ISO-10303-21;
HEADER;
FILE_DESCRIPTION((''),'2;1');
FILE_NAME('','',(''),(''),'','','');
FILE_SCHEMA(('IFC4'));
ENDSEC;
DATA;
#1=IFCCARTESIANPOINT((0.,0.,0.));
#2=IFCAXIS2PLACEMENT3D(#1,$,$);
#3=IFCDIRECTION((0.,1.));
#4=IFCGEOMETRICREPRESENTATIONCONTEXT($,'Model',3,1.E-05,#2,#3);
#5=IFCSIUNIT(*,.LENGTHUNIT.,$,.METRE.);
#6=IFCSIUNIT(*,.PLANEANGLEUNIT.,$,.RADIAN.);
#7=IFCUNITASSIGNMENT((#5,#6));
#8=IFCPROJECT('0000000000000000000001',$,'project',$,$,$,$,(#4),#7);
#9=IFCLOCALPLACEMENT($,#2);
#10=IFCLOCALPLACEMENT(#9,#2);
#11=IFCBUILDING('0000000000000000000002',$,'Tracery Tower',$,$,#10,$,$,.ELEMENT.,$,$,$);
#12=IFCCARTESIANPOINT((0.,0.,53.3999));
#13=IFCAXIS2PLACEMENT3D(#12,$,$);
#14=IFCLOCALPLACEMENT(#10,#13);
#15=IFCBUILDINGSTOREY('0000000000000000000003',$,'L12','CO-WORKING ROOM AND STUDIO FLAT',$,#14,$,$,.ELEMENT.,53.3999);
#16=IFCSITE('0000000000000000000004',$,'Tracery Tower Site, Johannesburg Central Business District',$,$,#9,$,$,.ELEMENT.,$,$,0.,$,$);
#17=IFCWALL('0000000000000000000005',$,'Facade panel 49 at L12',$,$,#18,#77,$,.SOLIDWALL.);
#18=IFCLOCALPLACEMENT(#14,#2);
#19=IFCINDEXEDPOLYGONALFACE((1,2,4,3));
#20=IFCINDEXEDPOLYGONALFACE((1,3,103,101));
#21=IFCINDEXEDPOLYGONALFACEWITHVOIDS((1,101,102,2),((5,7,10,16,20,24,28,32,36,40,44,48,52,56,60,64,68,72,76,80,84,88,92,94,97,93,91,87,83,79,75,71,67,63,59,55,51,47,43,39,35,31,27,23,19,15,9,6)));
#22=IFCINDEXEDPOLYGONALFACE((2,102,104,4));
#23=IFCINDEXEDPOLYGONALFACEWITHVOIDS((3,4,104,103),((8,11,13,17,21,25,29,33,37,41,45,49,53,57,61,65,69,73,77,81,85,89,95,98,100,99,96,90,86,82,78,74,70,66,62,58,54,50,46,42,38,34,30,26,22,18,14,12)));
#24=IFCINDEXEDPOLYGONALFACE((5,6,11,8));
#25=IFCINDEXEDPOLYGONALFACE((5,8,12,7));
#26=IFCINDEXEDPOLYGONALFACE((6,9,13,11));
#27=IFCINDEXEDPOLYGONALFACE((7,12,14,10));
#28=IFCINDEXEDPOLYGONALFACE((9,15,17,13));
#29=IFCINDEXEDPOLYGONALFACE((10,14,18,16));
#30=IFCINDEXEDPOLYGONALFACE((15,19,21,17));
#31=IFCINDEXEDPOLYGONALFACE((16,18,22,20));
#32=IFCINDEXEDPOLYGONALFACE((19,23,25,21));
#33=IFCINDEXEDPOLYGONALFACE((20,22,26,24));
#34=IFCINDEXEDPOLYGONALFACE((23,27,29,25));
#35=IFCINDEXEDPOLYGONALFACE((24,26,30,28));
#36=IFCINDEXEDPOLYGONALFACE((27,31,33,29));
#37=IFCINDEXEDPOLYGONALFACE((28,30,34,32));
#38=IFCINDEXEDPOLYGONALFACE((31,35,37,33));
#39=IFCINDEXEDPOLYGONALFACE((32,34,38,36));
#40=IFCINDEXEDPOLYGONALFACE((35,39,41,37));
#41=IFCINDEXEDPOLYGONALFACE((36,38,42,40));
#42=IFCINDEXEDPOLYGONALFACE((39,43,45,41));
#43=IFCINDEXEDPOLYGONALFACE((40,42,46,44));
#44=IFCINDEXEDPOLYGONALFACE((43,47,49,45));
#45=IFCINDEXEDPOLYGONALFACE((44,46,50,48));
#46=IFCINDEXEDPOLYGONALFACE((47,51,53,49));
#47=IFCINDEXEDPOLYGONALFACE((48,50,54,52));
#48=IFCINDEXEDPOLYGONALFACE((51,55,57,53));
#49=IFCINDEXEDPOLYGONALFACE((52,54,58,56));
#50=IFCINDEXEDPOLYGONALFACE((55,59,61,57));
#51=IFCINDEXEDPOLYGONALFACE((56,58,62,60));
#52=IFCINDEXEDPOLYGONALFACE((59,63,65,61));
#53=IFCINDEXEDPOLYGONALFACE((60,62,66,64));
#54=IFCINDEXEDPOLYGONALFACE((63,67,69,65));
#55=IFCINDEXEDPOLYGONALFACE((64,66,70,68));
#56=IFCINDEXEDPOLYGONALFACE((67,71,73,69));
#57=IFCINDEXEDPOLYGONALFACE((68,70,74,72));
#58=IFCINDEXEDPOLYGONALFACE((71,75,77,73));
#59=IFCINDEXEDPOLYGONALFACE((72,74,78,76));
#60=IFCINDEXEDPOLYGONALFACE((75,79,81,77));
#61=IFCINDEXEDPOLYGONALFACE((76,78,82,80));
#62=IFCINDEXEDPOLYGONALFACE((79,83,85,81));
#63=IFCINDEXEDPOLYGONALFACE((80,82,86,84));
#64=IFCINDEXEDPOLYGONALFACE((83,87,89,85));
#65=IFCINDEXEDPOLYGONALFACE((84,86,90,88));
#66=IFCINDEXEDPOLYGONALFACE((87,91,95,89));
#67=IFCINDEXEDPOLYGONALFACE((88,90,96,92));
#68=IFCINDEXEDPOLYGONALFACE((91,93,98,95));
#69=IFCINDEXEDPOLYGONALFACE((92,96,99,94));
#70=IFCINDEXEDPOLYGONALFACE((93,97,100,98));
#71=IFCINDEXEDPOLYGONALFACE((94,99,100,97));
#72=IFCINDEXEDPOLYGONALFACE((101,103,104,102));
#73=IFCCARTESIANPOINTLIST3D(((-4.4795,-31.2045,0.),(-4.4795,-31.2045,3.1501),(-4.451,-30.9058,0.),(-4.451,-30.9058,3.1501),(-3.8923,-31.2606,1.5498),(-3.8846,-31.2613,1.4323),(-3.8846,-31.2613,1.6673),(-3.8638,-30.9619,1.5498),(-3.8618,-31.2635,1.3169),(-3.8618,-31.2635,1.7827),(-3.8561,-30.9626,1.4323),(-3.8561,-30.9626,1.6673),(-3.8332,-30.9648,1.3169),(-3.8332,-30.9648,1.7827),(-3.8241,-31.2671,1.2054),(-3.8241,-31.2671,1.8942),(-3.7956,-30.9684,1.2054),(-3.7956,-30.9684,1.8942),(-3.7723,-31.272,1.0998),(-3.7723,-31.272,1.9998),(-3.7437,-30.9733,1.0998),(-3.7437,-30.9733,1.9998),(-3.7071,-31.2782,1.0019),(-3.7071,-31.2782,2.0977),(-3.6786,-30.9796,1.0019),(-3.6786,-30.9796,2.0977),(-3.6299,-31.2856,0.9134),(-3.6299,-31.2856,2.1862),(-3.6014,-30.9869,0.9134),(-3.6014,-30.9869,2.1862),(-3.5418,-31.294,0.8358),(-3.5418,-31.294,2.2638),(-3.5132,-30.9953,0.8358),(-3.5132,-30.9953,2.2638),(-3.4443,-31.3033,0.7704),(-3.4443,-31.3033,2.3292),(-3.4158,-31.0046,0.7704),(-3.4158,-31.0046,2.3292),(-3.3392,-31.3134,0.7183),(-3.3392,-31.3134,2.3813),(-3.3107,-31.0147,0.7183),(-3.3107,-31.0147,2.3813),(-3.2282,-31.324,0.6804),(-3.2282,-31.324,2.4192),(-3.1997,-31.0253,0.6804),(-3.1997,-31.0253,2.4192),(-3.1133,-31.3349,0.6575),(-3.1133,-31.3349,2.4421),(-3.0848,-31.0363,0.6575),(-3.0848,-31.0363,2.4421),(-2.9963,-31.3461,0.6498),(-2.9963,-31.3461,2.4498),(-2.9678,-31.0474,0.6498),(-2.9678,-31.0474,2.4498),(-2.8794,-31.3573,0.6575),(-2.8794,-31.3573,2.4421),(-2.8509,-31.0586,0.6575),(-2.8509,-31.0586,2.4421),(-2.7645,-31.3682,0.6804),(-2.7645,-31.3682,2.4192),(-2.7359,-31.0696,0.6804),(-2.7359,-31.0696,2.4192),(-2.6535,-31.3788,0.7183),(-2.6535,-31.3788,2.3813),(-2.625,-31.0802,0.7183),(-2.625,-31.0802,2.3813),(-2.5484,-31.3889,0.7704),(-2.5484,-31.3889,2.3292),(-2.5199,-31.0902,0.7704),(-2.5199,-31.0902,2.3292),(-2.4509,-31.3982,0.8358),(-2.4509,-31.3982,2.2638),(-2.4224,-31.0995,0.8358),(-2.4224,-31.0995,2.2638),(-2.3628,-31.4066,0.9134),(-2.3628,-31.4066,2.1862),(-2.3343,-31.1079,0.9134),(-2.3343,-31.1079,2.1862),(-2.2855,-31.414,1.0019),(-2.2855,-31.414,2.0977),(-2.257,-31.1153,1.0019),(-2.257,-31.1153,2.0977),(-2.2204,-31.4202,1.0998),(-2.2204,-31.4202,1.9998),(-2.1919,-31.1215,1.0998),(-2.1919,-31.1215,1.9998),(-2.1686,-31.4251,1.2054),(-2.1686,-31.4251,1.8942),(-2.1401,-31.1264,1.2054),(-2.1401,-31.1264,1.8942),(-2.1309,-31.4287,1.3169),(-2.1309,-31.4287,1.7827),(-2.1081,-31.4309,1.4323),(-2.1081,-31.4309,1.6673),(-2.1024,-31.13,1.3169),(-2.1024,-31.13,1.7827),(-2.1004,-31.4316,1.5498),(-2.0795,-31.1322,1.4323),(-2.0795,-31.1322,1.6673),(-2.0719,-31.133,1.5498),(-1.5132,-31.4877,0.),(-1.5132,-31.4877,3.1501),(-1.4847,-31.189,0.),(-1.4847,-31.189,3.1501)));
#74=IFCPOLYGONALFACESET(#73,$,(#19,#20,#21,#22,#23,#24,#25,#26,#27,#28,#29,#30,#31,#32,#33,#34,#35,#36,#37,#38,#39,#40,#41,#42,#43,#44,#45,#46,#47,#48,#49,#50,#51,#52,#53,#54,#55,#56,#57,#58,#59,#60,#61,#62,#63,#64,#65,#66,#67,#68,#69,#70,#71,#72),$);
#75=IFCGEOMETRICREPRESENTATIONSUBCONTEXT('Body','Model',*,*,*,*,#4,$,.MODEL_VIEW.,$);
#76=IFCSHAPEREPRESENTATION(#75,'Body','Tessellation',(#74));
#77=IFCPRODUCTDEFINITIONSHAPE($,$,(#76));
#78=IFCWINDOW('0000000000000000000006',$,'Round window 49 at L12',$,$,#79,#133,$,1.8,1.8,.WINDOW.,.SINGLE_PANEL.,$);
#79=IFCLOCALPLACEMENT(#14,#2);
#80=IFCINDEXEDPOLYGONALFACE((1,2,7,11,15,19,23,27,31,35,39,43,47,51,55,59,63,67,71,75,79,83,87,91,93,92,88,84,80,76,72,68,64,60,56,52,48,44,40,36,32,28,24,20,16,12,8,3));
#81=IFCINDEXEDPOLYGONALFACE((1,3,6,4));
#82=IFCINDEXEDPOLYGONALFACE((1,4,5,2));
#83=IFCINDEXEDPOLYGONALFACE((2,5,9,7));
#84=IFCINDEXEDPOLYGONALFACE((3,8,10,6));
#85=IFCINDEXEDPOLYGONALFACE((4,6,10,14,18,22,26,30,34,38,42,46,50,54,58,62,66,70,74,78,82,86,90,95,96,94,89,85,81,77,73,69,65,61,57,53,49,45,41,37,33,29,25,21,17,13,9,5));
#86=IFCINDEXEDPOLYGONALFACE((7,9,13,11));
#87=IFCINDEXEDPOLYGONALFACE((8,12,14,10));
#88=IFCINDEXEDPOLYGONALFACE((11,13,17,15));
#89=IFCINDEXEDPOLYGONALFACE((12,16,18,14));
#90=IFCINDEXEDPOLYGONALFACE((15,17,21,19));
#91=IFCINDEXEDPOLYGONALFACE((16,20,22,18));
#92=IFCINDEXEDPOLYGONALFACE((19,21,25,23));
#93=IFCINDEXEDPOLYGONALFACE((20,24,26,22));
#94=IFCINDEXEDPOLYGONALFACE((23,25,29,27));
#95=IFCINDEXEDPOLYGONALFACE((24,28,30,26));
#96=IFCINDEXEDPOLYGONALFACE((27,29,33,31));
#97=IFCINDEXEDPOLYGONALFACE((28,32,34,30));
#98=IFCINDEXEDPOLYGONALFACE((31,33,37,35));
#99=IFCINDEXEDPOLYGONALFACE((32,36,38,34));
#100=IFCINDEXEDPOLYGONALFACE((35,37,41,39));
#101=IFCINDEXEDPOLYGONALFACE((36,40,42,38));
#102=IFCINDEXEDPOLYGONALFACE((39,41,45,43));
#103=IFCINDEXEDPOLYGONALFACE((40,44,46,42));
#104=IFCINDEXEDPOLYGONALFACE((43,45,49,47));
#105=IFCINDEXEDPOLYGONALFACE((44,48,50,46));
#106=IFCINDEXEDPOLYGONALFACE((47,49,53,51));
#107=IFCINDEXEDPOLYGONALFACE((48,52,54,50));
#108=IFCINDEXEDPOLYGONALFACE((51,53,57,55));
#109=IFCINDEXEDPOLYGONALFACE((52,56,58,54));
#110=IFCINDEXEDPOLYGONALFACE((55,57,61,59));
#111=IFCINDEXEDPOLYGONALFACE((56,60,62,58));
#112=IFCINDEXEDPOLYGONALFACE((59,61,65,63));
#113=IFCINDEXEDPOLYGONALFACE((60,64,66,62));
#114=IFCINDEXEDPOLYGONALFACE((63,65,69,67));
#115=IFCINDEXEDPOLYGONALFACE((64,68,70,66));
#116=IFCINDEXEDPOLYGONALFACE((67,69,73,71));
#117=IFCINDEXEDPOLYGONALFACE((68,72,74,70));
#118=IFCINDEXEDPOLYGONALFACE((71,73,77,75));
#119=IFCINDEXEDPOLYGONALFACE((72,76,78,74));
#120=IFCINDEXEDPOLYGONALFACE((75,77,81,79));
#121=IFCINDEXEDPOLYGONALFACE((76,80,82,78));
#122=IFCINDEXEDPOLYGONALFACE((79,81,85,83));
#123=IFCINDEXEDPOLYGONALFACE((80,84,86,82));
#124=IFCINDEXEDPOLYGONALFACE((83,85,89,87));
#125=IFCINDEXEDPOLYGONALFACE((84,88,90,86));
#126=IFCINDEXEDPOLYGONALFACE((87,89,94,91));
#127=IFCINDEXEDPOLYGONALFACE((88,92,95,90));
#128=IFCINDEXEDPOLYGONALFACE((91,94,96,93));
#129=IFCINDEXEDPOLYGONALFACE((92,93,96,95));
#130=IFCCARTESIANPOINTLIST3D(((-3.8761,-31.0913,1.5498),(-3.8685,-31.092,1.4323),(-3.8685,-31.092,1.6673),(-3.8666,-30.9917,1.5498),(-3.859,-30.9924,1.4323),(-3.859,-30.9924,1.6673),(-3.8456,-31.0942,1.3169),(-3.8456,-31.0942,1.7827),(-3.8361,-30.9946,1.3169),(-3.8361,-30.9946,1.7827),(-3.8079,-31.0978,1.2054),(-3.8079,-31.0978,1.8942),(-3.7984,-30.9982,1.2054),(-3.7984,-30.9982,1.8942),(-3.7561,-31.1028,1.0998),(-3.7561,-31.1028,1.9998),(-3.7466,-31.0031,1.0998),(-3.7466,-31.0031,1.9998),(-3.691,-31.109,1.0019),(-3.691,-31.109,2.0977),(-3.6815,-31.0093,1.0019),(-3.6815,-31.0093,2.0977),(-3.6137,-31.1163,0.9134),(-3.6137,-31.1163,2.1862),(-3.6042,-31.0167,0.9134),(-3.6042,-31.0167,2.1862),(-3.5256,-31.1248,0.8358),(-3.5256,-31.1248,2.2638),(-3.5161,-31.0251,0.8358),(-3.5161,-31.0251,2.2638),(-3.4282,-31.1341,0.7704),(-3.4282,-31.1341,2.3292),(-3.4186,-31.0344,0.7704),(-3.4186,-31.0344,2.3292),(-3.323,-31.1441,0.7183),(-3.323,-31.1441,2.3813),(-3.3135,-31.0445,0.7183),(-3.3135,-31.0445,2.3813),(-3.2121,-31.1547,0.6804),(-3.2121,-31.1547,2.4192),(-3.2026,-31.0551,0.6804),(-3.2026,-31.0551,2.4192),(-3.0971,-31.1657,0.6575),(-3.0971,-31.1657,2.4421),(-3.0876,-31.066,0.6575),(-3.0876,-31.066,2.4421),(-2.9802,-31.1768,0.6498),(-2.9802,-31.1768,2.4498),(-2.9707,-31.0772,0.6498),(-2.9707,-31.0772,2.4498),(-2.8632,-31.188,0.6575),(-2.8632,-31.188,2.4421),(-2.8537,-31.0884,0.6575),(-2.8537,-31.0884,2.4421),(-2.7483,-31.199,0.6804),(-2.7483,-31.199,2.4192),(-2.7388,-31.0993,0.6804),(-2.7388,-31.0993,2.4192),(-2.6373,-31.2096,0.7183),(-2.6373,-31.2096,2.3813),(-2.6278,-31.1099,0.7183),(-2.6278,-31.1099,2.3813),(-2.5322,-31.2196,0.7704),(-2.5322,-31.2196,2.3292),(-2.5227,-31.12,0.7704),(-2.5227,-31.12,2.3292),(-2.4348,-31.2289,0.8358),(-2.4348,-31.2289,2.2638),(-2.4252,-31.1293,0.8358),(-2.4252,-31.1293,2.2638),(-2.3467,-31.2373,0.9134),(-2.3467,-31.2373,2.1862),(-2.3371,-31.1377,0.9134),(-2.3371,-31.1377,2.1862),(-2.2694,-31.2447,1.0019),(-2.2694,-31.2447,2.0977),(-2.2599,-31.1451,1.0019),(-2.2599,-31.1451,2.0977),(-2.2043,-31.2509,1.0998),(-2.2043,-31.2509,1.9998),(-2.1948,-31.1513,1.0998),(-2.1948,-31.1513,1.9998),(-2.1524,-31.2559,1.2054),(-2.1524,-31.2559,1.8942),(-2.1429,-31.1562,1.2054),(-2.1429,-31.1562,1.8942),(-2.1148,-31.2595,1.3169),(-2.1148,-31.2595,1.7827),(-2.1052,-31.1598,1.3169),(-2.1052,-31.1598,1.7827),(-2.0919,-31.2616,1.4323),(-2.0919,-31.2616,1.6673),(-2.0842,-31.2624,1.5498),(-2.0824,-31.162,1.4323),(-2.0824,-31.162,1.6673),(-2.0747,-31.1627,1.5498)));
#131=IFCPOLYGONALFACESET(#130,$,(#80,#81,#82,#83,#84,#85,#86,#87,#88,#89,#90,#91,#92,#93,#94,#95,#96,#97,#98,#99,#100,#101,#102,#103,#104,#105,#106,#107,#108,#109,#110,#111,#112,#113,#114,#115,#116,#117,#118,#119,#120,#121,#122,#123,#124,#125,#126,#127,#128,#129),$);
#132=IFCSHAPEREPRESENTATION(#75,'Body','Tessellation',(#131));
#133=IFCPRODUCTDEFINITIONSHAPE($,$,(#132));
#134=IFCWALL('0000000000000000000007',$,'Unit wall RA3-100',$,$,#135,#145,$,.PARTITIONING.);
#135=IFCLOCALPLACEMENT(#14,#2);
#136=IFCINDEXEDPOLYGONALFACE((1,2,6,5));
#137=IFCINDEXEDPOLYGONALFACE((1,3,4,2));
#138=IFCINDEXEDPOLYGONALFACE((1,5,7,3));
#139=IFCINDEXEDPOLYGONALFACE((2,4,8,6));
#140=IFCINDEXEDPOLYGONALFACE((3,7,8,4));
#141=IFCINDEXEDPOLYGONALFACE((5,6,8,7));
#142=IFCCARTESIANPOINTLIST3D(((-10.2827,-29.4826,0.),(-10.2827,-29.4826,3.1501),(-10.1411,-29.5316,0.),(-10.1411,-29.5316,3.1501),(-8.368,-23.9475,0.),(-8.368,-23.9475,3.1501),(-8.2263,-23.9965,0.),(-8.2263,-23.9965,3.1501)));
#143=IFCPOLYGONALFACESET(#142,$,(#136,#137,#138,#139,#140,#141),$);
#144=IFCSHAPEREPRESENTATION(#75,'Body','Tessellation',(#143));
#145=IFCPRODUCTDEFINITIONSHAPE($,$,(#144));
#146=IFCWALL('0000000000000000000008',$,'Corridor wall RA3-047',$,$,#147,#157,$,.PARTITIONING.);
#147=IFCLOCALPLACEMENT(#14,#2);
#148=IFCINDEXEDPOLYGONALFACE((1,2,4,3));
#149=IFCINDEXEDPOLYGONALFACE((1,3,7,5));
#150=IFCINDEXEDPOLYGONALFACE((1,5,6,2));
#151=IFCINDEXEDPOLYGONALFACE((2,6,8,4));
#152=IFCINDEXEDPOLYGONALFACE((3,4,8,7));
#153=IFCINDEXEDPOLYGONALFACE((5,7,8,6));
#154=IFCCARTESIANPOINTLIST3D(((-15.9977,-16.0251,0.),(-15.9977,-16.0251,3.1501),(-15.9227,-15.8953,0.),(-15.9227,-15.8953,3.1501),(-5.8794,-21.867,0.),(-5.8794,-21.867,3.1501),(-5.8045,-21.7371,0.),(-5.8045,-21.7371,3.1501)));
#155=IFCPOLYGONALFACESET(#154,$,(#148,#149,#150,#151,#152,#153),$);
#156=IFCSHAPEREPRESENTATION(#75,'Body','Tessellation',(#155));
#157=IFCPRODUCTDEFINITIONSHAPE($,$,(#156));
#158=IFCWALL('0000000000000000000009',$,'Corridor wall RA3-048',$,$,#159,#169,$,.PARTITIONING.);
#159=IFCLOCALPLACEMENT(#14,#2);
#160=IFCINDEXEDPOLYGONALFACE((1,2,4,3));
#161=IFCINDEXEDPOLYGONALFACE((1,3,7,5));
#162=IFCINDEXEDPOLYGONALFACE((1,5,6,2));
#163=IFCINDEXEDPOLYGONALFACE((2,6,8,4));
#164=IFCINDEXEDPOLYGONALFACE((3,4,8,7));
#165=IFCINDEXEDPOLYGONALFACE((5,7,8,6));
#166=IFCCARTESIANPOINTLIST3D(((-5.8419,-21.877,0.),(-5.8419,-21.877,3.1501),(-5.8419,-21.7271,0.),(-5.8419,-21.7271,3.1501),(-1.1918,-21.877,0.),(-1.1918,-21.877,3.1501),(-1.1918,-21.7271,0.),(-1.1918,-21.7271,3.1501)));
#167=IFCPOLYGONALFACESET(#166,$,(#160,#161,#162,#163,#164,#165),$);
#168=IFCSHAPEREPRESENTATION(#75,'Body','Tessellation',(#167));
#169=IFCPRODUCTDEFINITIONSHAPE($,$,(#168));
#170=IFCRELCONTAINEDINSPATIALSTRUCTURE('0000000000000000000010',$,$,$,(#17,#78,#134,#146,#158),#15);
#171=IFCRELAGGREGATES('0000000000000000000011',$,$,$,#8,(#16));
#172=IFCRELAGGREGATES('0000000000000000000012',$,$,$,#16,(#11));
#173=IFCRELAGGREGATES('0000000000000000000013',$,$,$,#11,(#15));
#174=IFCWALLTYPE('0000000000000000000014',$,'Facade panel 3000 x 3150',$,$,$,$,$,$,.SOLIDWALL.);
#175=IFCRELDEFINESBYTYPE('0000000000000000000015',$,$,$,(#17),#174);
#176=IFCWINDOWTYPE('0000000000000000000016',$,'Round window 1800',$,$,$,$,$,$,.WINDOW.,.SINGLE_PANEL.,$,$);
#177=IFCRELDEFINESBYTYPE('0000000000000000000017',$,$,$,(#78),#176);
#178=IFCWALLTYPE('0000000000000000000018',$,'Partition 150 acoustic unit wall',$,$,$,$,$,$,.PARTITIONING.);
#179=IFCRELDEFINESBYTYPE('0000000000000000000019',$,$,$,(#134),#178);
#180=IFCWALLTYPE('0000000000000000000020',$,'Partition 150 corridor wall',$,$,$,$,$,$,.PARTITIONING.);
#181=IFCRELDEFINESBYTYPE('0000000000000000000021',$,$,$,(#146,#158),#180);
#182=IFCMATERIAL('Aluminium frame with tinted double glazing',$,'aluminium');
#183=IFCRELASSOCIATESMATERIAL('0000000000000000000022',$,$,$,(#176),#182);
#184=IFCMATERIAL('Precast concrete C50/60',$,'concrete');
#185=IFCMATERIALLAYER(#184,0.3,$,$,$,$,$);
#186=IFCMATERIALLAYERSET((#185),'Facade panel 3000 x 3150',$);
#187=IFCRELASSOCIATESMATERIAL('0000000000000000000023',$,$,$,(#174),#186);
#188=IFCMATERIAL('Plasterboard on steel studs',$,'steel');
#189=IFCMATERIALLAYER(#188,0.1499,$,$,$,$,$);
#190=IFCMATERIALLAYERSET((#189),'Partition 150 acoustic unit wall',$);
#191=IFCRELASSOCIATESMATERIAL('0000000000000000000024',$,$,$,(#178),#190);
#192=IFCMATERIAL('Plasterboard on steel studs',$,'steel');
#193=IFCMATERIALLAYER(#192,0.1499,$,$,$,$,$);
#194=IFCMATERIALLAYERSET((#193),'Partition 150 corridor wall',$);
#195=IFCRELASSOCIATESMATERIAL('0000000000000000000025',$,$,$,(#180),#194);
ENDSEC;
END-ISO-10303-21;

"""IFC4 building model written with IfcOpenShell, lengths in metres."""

from ifc_helpers import new_model, si_unit, direction, frame, frame_2d, origin, origin_2d, place, context, subcontext, project, spatial, rectangle, circle, extrude, material, layer, layer_set, type_object, element, fill, save


model = new_model("IFC4")

# Units and contexts
model_context = context("Model", 3, precision=1e-05, world=origin(), true_north=direction((0.0, 1.0)))
body_context = subcontext(model_context, "Body", "Model", "MODEL_VIEW")
ifc_project = project(units=[si_unit("LENGTHUNIT", "METRE"), si_unit("PLANEANGLEUNIT", "RADIAN")], contexts=[model_context])

# Site, building, storey
site_placement = place(None, origin())
site = spatial("IfcSite", under=ifc_project, at=site_placement, Name="Tracery Tower Site, Johannesburg Central Business District", CompositionType="ELEMENT", RefElevation=0.0)
building_placement = place(site_placement, origin())
building = spatial("IfcBuilding", under=site, at=building_placement, Name="Tracery Tower", CompositionType="ELEMENT")
storey_placement = place(building_placement, frame((0.0, 0.0, 53.3999)))
storey = spatial("IfcBuildingStorey", under=building, at=storey_placement, Name="L12", Description="CO-WORKING ROOM AND STUDIO FLAT", CompositionType="ELEMENT", Elevation=53.3999)

# Wall, opening, window
ifc_material_1 = material(Name="Aluminium frame with tinted double glazing", Category="aluminium")
window_type = type_object("IfcWindowType", Name="Round window 1800", PartitioningType="SINGLE_PANEL", PredefinedType="WINDOW", material=ifc_material_1)
ifc_material_2 = material(Name="Precast concrete C50/60", Category="concrete")
ifc_layer_1 = layer(ifc_material_2, 0.3)
ifc_layer_set_1 = layer_set([ifc_layer_1], Name="Facade panel 3000 x 3150")
wall_type_1 = type_object("IfcWallType", Name="Facade panel 3000 x 3150", PredefinedType="SOLIDWALL", material=ifc_layer_set_1)
wall_1_placement = place(storey_placement, frame((-4.4651, -31.0552, 0.0), z_axis=(0.0, 0.0, 1.0), x_axis=(0.995473, -0.095041, 0.0)))
wall_1 = element("IfcWall", 1, at=wall_1_placement, inside=storey, type_object=wall_type_1, Name="Facade panel 49 at L12", PredefinedType="SOLIDWALL", context=body_context, shape_type="SweptSolid", body=[
    extrude(rectangle(XDim=2.9797, YDim=0.3, at=frame_2d((1.4897, 0.0))), origin(), (0.0, 0.0, 1.0), 3.1501),
])
opening_1_placement = place(wall_1_placement, frame((1.4897, 0.0, 1.5498)))
opening_1 = element("IfcOpeningElement", 2, at=opening_1_placement, cuts=wall_1, PredefinedType="OPENING", context=body_context, shape_type="SweptSolid", body=[
    extrude(circle(Radius=0.9, at=origin_2d()), frame((0.0, 0.1599, 0.0), z_axis=(0.0, -1.0, 0.0), x_axis=(1.0, 0.0, 0.0)), (0.0, 0.0, 1.0), 0.3201),
])
window_1_placement = place(opening_1_placement, origin())
window_1 = element("IfcWindow", 3, at=window_1_placement, inside=storey, type_object=window_type, Name="Round window 49 at L12", OverallHeight=1.8, OverallWidth=1.8, PartitioningType="SINGLE_PANEL", PredefinedType="WINDOW", context=body_context, shape_type="SweptSolid", body=[
    extrude(circle(Radius=0.9, at=origin_2d()), frame((0.0, 0.1201, 0.0), z_axis=(0.0, -1.0, 0.0), x_axis=(1.0, 0.0, 0.0)), (0.0, 0.0, 1.0), 0.1001),
])
fill(opening_1, window_1)

# Walls
ifc_material_3 = material(Name="Plasterboard on steel studs", Category="steel")
ifc_layer_2 = layer(ifc_material_3, 0.1499)
ifc_layer_set_2 = layer_set([ifc_layer_2], Name="Partition 150 acoustic unit wall")
wall_type_2 = type_object("IfcWallType", Name="Partition 150 acoustic unit wall", PredefinedType="PARTITIONING", material=ifc_layer_set_2)
wall_2_placement = place(storey_placement, frame((-10.2119, -29.5071, 0.0), z_axis=(0.0, 0.0, 1.0), x_axis=(0.326924, 0.94505, 0.0)))
element("IfcWall", 4, at=wall_2_placement, inside=storey, type_object=wall_type_2, Name="Unit wall RA3-100", PredefinedType="PARTITIONING", context=body_context, shape_type="SweptSolid", body=[
    extrude(rectangle(XDim=5.8569, YDim=0.1499, at=frame_2d((2.9285, 0.0))), origin(), (0.0, 0.0, 1.0), 3.1501),
])
ifc_material_4 = material(Name="Plasterboard on steel studs", Category="steel")
ifc_layer_3 = layer(ifc_material_4, 0.1499)
ifc_layer_set_3 = layer_set([ifc_layer_3], Name="Partition 150 corridor wall")
wall_type_3 = type_object("IfcWallType", Name="Partition 150 corridor wall", PredefinedType="PARTITIONING", material=ifc_layer_set_3)
wall_3_placement = place(storey_placement, frame((-15.9602, -15.9602, 0.0), z_axis=(0.0, 0.0, 1.0), x_axis=(0.866023, -0.500005, 0.0)))
element("IfcWall", 5, at=wall_3_placement, inside=storey, type_object=wall_type_3, Name="Corridor wall RA3-047", PredefinedType="PARTITIONING", context=body_context, shape_type="SweptSolid", body=[
    extrude(rectangle(XDim=11.6836, YDim=0.1499, at=frame_2d((5.8418, 0.0))), origin(), (0.0, 0.0, 1.0), 3.1501),
])
wall_4_placement = place(storey_placement, frame((-5.842, -21.802, 0.0), z_axis=(0.0, 0.0, 1.0), x_axis=(1.0, 0.0, 0.0)))
element("IfcWall", 6, at=wall_4_placement, inside=storey, type_object=wall_type_3, Name="Corridor wall RA3-048", PredefinedType="PARTITIONING", context=body_context, shape_type="SweptSolid", body=[
    extrude(rectangle(XDim=4.6501, YDim=0.1499, at=frame_2d((2.3252, 0.0))), origin(), (0.0, 0.0, 1.0), 3.1501),
])

save(model, "model.ifc")
